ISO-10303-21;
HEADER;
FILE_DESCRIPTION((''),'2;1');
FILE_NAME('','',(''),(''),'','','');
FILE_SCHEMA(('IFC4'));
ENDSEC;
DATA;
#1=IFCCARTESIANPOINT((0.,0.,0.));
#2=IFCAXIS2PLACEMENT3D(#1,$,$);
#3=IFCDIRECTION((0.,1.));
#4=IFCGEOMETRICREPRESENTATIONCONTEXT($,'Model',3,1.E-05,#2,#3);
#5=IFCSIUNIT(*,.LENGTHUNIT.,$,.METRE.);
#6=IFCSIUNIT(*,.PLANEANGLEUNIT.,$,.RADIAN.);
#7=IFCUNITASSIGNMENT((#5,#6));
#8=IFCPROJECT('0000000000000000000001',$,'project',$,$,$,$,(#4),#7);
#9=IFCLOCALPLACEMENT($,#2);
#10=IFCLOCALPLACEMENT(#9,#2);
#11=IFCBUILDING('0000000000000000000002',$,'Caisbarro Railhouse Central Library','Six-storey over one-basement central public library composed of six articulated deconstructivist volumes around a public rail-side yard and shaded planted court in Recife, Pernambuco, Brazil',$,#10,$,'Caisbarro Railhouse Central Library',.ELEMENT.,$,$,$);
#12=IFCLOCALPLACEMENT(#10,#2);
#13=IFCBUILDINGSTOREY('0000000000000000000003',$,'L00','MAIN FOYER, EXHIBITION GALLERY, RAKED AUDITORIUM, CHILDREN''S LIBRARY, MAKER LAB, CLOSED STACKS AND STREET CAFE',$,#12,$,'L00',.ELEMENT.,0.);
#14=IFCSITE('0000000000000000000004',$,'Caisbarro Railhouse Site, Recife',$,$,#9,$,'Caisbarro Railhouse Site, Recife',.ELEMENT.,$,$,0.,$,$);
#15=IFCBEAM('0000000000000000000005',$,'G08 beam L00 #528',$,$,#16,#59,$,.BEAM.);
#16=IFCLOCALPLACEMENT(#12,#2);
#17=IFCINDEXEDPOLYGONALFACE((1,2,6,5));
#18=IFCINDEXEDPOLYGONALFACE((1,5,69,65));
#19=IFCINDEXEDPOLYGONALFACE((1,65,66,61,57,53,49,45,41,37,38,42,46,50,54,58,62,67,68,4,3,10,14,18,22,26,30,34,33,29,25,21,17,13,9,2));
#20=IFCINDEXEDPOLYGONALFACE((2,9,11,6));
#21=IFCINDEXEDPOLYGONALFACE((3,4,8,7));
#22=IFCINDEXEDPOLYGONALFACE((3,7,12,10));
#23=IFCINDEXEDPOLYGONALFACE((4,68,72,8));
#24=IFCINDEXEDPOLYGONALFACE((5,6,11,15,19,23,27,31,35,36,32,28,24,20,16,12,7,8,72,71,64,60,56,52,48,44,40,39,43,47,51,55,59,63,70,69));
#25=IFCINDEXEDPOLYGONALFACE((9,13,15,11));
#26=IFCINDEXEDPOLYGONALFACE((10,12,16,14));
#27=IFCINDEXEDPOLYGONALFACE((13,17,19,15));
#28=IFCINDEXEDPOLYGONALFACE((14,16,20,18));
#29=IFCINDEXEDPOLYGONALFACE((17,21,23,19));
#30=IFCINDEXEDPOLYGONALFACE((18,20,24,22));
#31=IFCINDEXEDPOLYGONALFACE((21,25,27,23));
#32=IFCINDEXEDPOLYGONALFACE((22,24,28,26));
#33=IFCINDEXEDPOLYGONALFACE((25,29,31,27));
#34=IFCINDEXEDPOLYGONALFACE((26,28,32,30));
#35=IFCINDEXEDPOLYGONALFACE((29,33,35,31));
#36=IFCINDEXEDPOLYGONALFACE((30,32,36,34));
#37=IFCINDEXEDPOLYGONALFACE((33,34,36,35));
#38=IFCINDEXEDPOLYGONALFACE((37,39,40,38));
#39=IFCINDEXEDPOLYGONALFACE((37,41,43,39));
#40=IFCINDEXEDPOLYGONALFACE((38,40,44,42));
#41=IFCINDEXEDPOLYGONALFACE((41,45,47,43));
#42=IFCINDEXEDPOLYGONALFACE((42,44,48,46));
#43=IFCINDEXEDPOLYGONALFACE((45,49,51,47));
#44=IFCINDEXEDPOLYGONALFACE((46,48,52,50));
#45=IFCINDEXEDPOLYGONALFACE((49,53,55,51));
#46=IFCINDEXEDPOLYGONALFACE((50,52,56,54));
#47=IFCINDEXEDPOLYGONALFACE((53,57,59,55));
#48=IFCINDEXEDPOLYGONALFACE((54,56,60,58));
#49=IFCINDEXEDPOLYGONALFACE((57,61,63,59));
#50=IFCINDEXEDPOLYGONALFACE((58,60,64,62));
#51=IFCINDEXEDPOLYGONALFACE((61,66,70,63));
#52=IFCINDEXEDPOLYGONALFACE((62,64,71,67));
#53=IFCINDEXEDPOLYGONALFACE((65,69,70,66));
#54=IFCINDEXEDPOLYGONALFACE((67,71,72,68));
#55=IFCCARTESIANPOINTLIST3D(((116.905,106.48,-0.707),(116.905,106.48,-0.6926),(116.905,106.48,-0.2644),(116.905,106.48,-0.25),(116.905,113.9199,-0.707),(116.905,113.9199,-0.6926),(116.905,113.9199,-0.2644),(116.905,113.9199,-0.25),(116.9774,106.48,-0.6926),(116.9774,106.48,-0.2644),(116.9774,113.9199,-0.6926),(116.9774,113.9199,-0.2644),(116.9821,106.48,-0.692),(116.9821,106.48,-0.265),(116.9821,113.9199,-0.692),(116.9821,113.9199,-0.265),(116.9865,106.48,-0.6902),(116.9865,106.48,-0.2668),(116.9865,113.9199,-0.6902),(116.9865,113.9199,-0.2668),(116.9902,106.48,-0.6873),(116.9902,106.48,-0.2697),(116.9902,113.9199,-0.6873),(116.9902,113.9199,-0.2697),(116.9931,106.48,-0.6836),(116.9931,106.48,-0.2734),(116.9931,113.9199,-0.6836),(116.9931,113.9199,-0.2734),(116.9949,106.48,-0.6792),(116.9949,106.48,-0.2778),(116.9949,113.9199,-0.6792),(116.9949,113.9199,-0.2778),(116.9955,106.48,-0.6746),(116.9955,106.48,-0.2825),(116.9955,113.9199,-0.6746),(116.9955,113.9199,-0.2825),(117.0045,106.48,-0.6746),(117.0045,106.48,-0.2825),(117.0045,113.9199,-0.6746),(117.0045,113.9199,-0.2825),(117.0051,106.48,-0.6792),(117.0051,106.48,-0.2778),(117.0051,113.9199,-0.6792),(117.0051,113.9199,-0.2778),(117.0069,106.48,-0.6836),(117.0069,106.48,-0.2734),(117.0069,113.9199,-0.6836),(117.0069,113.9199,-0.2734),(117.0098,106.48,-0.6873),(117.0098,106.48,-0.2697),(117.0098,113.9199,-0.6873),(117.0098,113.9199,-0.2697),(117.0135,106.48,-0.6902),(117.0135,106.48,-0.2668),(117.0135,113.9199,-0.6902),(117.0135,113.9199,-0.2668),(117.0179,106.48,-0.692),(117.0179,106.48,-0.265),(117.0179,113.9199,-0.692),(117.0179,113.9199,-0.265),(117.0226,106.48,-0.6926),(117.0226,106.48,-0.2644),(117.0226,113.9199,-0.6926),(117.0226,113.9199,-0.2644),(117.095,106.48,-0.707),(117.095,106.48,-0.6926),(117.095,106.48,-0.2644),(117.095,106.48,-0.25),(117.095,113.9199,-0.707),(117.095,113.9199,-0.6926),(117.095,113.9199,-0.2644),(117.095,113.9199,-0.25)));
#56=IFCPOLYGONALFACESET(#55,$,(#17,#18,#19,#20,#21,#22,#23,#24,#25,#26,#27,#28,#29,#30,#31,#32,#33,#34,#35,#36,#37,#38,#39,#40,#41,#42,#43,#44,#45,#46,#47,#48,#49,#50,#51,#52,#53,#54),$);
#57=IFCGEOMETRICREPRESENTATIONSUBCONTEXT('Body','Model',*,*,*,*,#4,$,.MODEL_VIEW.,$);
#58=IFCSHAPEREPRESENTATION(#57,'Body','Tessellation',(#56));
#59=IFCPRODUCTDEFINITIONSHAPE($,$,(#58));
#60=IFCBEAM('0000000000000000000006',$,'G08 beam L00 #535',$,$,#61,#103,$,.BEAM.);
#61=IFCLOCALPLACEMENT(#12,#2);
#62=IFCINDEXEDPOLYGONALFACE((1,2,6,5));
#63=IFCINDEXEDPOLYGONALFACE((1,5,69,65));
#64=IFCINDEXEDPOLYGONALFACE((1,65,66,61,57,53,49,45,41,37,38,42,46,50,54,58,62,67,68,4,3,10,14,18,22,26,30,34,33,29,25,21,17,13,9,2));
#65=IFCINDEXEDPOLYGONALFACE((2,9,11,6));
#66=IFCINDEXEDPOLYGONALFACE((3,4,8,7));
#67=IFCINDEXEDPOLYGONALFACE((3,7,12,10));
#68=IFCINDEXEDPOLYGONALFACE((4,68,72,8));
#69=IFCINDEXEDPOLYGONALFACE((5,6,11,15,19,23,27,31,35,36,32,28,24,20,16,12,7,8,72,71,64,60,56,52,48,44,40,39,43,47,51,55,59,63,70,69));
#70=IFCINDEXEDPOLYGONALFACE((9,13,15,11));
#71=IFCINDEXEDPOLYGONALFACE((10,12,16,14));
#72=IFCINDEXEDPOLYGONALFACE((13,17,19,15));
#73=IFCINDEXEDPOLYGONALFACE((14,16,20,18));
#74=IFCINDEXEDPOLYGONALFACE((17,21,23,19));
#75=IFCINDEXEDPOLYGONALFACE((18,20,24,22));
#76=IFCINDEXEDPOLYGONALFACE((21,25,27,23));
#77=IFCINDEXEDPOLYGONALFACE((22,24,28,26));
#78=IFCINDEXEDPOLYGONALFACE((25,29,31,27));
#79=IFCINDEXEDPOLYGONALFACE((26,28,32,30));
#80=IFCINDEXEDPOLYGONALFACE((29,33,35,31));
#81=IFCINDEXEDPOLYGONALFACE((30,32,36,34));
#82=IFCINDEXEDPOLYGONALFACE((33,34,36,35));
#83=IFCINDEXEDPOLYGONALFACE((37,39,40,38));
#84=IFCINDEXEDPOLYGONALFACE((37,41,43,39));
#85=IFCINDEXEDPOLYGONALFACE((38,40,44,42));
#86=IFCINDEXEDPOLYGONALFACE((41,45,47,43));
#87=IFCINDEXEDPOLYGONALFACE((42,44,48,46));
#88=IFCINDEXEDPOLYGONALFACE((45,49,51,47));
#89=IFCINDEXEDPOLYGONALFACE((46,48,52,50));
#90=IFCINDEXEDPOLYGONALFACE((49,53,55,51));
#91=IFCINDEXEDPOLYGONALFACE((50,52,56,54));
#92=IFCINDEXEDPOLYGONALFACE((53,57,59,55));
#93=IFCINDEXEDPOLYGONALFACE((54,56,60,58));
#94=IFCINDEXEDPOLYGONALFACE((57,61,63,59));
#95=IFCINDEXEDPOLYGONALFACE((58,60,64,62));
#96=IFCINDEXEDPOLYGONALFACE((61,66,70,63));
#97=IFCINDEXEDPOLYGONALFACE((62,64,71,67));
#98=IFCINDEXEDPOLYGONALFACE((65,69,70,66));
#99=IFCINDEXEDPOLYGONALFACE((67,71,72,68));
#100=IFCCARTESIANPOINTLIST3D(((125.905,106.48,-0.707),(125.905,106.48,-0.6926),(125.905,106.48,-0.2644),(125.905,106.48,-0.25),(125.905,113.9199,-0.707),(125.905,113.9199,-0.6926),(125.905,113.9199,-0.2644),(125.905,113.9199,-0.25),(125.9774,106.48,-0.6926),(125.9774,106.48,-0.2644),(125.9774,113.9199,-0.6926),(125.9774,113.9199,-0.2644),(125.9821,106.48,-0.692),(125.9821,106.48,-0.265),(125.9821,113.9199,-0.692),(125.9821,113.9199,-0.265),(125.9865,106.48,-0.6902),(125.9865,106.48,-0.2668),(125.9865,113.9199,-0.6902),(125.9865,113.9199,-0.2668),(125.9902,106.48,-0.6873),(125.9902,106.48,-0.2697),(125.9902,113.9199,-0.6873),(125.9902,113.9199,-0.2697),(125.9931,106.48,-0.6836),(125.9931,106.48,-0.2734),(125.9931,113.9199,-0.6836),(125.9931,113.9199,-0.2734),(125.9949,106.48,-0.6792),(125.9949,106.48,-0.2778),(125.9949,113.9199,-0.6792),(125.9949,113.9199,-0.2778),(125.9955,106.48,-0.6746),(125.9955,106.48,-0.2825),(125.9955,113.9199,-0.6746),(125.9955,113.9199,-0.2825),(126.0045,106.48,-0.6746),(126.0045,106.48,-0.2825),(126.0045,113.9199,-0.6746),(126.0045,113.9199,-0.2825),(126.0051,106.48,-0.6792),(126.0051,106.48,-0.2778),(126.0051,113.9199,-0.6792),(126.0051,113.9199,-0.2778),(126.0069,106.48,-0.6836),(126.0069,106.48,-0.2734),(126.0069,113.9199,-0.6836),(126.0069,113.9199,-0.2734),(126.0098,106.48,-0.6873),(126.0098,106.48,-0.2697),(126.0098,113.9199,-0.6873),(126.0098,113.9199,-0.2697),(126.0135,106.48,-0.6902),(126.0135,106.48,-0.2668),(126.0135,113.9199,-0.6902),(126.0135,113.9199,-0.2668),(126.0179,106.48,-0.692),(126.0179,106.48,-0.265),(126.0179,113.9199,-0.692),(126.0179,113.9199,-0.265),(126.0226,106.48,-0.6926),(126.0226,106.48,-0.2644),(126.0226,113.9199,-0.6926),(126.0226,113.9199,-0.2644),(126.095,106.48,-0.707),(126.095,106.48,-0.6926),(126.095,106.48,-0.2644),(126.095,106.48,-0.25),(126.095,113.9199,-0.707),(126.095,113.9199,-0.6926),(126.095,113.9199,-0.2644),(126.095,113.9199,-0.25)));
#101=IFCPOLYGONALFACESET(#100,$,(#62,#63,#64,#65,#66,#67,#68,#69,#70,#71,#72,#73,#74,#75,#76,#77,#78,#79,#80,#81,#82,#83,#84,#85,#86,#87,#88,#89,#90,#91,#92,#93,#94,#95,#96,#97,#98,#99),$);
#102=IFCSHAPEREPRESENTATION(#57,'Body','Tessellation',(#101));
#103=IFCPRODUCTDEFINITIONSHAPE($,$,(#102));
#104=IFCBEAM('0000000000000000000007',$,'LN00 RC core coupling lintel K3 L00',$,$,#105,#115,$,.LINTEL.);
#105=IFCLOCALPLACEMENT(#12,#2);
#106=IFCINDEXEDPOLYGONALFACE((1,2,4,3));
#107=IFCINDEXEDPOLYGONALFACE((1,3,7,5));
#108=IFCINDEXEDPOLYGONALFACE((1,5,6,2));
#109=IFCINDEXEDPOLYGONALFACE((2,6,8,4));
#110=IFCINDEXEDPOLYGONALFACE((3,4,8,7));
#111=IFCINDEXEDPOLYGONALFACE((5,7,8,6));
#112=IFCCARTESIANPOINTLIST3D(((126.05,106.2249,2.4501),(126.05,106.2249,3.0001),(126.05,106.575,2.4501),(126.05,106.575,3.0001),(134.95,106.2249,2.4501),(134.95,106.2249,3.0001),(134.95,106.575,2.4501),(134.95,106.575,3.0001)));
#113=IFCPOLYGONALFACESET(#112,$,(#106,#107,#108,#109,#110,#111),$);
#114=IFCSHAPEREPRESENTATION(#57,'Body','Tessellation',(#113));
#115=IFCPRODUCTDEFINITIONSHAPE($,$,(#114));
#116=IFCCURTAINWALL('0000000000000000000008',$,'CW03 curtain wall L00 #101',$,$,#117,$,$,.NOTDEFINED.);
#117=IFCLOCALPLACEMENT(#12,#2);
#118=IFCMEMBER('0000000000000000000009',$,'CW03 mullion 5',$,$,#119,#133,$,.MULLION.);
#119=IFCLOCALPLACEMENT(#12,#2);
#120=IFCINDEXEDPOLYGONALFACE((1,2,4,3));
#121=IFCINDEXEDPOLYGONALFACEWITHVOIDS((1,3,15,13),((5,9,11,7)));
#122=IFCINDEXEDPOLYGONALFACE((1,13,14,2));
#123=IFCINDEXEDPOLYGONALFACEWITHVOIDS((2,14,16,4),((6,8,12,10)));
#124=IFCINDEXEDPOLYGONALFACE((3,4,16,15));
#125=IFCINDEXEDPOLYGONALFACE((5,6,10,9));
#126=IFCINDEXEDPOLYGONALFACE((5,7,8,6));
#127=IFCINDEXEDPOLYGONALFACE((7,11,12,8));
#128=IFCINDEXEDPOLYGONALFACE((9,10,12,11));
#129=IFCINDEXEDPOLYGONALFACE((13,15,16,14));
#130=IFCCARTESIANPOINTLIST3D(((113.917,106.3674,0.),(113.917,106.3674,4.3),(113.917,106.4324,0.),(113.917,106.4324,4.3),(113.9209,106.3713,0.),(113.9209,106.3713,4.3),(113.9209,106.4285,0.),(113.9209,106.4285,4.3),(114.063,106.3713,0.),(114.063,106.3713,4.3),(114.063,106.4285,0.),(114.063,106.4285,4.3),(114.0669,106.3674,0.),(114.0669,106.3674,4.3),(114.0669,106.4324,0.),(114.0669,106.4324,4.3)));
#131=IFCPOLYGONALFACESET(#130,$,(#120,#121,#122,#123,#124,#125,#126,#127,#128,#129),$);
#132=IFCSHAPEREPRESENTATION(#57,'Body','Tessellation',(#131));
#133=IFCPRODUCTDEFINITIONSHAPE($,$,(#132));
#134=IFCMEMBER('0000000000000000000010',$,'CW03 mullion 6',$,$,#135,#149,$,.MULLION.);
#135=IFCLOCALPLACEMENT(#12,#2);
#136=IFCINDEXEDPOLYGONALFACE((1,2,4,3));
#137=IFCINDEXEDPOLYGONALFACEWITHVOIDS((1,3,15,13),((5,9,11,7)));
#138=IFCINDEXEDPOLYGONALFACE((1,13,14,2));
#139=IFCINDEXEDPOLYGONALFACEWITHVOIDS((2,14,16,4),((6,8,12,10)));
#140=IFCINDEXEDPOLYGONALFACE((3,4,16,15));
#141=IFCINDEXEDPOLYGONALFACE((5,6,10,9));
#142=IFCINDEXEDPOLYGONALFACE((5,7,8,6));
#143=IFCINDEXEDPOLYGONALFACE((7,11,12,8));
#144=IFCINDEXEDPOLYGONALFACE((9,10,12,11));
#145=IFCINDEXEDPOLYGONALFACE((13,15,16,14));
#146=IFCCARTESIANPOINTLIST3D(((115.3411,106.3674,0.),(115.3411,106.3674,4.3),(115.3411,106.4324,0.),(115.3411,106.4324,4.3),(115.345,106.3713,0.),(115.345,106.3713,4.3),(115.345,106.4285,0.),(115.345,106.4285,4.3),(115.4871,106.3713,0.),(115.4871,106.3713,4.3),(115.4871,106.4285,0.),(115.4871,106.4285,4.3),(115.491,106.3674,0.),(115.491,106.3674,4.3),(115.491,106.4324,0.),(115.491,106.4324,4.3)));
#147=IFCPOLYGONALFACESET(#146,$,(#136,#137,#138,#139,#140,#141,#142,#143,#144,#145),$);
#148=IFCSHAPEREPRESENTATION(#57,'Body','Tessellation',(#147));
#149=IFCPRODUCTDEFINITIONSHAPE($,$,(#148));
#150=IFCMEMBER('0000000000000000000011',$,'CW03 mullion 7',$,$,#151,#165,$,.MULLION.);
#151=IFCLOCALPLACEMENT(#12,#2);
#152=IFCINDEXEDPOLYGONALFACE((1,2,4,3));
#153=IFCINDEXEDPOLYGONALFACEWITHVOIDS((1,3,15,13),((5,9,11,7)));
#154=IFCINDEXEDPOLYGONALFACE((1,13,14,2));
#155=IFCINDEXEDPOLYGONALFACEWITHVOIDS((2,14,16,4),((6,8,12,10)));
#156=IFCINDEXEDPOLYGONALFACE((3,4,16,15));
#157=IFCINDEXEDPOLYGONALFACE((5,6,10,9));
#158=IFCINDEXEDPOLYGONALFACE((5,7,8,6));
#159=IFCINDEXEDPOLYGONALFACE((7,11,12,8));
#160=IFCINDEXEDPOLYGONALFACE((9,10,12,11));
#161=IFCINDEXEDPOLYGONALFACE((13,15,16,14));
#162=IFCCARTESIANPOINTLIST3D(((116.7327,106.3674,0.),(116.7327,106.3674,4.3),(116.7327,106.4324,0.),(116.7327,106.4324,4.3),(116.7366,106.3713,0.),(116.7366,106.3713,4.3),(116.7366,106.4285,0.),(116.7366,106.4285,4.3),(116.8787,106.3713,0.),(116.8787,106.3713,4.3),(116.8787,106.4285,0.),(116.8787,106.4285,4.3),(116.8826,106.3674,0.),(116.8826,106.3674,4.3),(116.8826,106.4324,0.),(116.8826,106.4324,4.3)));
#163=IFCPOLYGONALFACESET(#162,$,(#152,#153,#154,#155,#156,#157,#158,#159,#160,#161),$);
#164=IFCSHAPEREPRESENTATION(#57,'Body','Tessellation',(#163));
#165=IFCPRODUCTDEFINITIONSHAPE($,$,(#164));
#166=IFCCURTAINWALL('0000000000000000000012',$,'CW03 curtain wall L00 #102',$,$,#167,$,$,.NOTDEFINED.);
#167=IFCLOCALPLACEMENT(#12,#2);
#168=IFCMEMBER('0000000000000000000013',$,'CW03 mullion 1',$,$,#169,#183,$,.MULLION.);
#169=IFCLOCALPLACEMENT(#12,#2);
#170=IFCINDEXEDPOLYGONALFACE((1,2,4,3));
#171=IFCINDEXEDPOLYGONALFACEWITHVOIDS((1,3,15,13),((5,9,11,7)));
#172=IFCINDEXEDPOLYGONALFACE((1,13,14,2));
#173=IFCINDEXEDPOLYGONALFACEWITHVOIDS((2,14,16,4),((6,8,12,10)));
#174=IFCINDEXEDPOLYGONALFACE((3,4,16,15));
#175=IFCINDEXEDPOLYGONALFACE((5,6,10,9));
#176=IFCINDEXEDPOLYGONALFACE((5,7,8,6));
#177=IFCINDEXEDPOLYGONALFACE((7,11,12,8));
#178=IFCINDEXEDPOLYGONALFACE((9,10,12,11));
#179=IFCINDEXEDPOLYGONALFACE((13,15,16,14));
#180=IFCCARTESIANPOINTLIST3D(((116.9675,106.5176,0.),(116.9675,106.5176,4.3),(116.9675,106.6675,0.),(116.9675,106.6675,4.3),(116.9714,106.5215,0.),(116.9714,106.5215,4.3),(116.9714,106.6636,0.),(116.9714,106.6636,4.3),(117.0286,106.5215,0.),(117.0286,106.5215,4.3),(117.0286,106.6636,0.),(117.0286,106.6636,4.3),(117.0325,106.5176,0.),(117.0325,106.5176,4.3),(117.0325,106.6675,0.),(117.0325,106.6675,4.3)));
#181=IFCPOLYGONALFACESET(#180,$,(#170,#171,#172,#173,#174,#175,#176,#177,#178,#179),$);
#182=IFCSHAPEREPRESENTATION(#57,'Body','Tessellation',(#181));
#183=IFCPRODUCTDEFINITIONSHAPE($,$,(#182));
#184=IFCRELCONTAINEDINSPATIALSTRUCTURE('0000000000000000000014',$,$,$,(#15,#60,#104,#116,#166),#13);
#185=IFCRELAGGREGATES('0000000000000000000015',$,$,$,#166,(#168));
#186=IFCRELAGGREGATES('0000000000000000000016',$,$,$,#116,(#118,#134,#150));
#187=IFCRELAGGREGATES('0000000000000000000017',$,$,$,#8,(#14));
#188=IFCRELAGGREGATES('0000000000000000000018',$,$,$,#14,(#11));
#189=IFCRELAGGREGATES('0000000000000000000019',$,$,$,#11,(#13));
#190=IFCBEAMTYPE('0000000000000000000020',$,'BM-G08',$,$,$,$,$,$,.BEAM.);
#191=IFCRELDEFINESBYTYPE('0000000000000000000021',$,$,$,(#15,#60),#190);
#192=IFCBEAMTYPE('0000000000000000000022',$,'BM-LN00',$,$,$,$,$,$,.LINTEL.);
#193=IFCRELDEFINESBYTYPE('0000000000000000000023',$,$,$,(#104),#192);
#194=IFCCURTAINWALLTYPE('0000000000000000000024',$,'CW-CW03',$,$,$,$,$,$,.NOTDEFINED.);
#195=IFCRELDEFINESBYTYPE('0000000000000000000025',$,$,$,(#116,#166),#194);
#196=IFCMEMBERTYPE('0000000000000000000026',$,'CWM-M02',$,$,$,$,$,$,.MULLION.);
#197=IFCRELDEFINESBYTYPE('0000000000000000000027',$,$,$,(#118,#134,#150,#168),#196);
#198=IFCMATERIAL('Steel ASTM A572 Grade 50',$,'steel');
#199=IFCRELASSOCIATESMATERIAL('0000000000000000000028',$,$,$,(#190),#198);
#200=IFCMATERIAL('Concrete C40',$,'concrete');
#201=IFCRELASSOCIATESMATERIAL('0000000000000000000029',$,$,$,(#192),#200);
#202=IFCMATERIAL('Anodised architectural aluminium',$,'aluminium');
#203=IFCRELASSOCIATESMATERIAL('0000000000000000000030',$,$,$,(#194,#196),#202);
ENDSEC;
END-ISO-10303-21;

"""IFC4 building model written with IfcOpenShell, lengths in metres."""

from ifc_helpers import new_model, si_unit, direction, frame, origin, origin_2d, place, context, subcontext, project, spatial, rectangle, hollow_rectangle, i_section, extrude, material, material_profile, profile_set, type_object, element, aggregate, save


model = new_model("IFC4")

# Units and contexts
model_context = context("Model", 3, precision=1e-05, world=origin(), true_north=direction((0.0, 1.0)))
body_context = subcontext(model_context, "Body", "Model", "MODEL_VIEW")
ifc_project = project(units=[si_unit("LENGTHUNIT", "METRE"), si_unit("PLANEANGLEUNIT", "RADIAN")], contexts=[model_context])

# Site, building, storey
site_placement = place(None, origin())
site = spatial("IfcSite", under=ifc_project, at=site_placement, Name="Caisbarro Railhouse Site, Recife", LongName="Caisbarro Railhouse Site, Recife", CompositionType="ELEMENT", RefElevation=0.0)
building_placement = place(site_placement, origin())
building = spatial("IfcBuilding", under=site, at=building_placement, Name="Caisbarro Railhouse Central Library", Description="Six-storey over one-basement central public library composed of six articulated deconstructivist volumes around a public rail-side yard and shaded planted court in Recife, Pernambuco, Brazil", LongName="Caisbarro Railhouse Central Library", CompositionType="ELEMENT")
storey_placement = place(building_placement, origin())
storey = spatial("IfcBuildingStorey", under=building, at=storey_placement, Name="L00", Description="MAIN FOYER, EXHIBITION GALLERY, RAKED AUDITORIUM, CHILDREN'S LIBRARY, MAKER LAB, CLOSED STACKS AND STREET CAFE", LongName="L00", CompositionType="ELEMENT", Elevation=0.0)

# Shared definitions
ifc_material_1 = material(Name="Steel ASTM A572 Grade 50", Category="steel")

# Beams
ifc_material_profile_1 = material_profile(ifc_material_1, i_section(OverallWidth=0.1899, OverallDepth=0.457, WebThickness=0.009, FlangeThickness=0.0144, FilletRadius=0.0181, at=origin_2d()), Name="W460X74.0")
ifc_profile_set_1 = profile_set([ifc_material_profile_1], Name="Steel ASTM A572 Grade 50")
beam_type_1 = type_object("IfcBeamType", Name="BM-G08", PredefinedType="BEAM", material=ifc_profile_set_1)
for number, where, z_axis, x_axis, name in (
    (1, (117.0, 106.48, -0.4785), (0.0, 1.0, 0.0), (-1.0, 0.0, 0.0), "G08 beam L00 #528"),
    (2, (126.0, 106.48, -0.4785), (0.0, 1.0, 0.0), (-1.0, 0.0, 0.0), "G08 beam L00 #535"),
):
    element("IfcBeam", number, at=place(storey_placement, frame(where, z_axis=z_axis, x_axis=x_axis)), inside=storey, type_object=beam_type_1, Name=name, PredefinedType="BEAM", context=body_context, shape_type="SweptSolid", body=[
        extrude(i_section(OverallWidth=0.1899, OverallDepth=0.457, WebThickness=0.009, FlangeThickness=0.0144, FilletRadius=0.0181, at=origin_2d()), origin(), (0.0, 0.0, 1.0), 7.4399),
    ])
ifc_material_2 = material(Name="Concrete C40", Category="concrete")
ifc_material_profile_2 = material_profile(ifc_material_2, rectangle(XDim=0.3501, YDim=0.55, at=origin_2d()), Name="RC-LIN-350X550")
ifc_profile_set_2 = profile_set([ifc_material_profile_2], Name="Concrete C40")
beam_type_2 = type_object("IfcBeamType", Name="BM-LN00", PredefinedType="LINTEL", material=ifc_profile_set_2)
beam_placement = place(storey_placement, frame((126.05, 106.3999, 2.7251), z_axis=(1.0, 0.0, 0.0), x_axis=(0.0, 1.0, 0.0)))
element("IfcBeam", 3, at=beam_placement, inside=storey, type_object=beam_type_2, Name="LN00 RC core coupling lintel K3 L00", PredefinedType="LINTEL", context=body_context, shape_type="SweptSolid", body=[
    extrude(rectangle(XDim=0.3501, YDim=0.55, at=origin_2d()), origin(), (0.0, 0.0, 1.0), 8.8999),
])

# Curtain wall, members
ifc_material_3 = material(Name="Anodised architectural aluminium", Category="aluminium")
curtain_wall_type = type_object("IfcCurtainWallType", Name="CW-CW03", PredefinedType="NOTDEFINED", material=ifc_material_3)
curtain_wall_1_placement = place(storey_placement, origin())
curtain_wall_1 = element("IfcCurtainWall", 4, at=curtain_wall_1_placement, inside=storey, type_object=curtain_wall_type, Name="CW03 curtain wall L00 #101", PredefinedType="NOTDEFINED")
ifc_material_profile_3 = material_profile(ifc_material_3, hollow_rectangle(XDim=0.0649, YDim=0.1499, WallThickness=0.0039, at=origin_2d()), Name="ALU-MUL-65X150")
ifc_profile_set_3 = profile_set([ifc_material_profile_3], Name="Anodised architectural aluminium")
member_type_1 = type_object("IfcMemberType", Name="CWM-M02", PredefinedType="MULLION", material=ifc_profile_set_3)
member_1_placement = place(storey_placement, frame((113.9919, 106.3999, 0.0), z_axis=(0.0, 0.0, 1.0), x_axis=(0.0, 1.0, 0.0)))
member_1 = element("IfcMember", 5, at=member_1_placement, type_object=member_type_1, Name="CW03 mullion 5", PredefinedType="MULLION", context=body_context, shape_type="SweptSolid", body=[
    extrude(hollow_rectangle(XDim=0.0649, YDim=0.1499, WallThickness=0.0039, at=origin_2d()), origin(), (0.0, 0.0, 1.0), 4.3),
])
member_2_placement = place(storey_placement, frame((115.416, 106.3999, 0.0), z_axis=(0.0, 0.0, 1.0), x_axis=(0.0, 1.0, 0.0)))
member_2 = element("IfcMember", 6, at=member_2_placement, type_object=member_type_1, Name="CW03 mullion 6", PredefinedType="MULLION", context=body_context, shape_type="SweptSolid", body=[
    extrude(hollow_rectangle(XDim=0.0649, YDim=0.1499, WallThickness=0.0039, at=origin_2d()), origin(), (0.0, 0.0, 1.0), 4.3),
])
member_3_placement = place(storey_placement, frame((116.8076, 106.3999, 0.0), z_axis=(0.0, 0.0, 1.0), x_axis=(0.0, 1.0, 0.0)))
member_3 = element("IfcMember", 7, at=member_3_placement, type_object=member_type_1, Name="CW03 mullion 7", PredefinedType="MULLION", context=body_context, shape_type="SweptSolid", body=[
    extrude(hollow_rectangle(XDim=0.0649, YDim=0.1499, WallThickness=0.0039, at=origin_2d()), origin(), (0.0, 0.0, 1.0), 4.3),
])

# Curtain wall, member
curtain_wall_2_placement = place(storey_placement, origin())
curtain_wall_2 = element("IfcCurtainWall", 8, at=curtain_wall_2_placement, inside=storey, type_object=curtain_wall_type, Name="CW03 curtain wall L00 #102", PredefinedType="NOTDEFINED")
member_4_placement = place(storey_placement, frame((117.0, 106.5925, 0.0), z_axis=(0.0, 0.0, 1.0), x_axis=(-1.0, 0.0, 0.0)))
member_4 = element("IfcMember", 9, at=member_4_placement, type_object=member_type_1, Name="CW03 mullion 1", PredefinedType="MULLION", context=body_context, shape_type="SweptSolid", body=[
    extrude(hollow_rectangle(XDim=0.0649, YDim=0.1499, WallThickness=0.0039, at=origin_2d()), origin(), (0.0, 0.0, 1.0), 4.3),
])

aggregate(curtain_wall_2, [member_4])

aggregate(curtain_wall_1, [member_1, member_2, member_3])

save(model, "model.ifc")
